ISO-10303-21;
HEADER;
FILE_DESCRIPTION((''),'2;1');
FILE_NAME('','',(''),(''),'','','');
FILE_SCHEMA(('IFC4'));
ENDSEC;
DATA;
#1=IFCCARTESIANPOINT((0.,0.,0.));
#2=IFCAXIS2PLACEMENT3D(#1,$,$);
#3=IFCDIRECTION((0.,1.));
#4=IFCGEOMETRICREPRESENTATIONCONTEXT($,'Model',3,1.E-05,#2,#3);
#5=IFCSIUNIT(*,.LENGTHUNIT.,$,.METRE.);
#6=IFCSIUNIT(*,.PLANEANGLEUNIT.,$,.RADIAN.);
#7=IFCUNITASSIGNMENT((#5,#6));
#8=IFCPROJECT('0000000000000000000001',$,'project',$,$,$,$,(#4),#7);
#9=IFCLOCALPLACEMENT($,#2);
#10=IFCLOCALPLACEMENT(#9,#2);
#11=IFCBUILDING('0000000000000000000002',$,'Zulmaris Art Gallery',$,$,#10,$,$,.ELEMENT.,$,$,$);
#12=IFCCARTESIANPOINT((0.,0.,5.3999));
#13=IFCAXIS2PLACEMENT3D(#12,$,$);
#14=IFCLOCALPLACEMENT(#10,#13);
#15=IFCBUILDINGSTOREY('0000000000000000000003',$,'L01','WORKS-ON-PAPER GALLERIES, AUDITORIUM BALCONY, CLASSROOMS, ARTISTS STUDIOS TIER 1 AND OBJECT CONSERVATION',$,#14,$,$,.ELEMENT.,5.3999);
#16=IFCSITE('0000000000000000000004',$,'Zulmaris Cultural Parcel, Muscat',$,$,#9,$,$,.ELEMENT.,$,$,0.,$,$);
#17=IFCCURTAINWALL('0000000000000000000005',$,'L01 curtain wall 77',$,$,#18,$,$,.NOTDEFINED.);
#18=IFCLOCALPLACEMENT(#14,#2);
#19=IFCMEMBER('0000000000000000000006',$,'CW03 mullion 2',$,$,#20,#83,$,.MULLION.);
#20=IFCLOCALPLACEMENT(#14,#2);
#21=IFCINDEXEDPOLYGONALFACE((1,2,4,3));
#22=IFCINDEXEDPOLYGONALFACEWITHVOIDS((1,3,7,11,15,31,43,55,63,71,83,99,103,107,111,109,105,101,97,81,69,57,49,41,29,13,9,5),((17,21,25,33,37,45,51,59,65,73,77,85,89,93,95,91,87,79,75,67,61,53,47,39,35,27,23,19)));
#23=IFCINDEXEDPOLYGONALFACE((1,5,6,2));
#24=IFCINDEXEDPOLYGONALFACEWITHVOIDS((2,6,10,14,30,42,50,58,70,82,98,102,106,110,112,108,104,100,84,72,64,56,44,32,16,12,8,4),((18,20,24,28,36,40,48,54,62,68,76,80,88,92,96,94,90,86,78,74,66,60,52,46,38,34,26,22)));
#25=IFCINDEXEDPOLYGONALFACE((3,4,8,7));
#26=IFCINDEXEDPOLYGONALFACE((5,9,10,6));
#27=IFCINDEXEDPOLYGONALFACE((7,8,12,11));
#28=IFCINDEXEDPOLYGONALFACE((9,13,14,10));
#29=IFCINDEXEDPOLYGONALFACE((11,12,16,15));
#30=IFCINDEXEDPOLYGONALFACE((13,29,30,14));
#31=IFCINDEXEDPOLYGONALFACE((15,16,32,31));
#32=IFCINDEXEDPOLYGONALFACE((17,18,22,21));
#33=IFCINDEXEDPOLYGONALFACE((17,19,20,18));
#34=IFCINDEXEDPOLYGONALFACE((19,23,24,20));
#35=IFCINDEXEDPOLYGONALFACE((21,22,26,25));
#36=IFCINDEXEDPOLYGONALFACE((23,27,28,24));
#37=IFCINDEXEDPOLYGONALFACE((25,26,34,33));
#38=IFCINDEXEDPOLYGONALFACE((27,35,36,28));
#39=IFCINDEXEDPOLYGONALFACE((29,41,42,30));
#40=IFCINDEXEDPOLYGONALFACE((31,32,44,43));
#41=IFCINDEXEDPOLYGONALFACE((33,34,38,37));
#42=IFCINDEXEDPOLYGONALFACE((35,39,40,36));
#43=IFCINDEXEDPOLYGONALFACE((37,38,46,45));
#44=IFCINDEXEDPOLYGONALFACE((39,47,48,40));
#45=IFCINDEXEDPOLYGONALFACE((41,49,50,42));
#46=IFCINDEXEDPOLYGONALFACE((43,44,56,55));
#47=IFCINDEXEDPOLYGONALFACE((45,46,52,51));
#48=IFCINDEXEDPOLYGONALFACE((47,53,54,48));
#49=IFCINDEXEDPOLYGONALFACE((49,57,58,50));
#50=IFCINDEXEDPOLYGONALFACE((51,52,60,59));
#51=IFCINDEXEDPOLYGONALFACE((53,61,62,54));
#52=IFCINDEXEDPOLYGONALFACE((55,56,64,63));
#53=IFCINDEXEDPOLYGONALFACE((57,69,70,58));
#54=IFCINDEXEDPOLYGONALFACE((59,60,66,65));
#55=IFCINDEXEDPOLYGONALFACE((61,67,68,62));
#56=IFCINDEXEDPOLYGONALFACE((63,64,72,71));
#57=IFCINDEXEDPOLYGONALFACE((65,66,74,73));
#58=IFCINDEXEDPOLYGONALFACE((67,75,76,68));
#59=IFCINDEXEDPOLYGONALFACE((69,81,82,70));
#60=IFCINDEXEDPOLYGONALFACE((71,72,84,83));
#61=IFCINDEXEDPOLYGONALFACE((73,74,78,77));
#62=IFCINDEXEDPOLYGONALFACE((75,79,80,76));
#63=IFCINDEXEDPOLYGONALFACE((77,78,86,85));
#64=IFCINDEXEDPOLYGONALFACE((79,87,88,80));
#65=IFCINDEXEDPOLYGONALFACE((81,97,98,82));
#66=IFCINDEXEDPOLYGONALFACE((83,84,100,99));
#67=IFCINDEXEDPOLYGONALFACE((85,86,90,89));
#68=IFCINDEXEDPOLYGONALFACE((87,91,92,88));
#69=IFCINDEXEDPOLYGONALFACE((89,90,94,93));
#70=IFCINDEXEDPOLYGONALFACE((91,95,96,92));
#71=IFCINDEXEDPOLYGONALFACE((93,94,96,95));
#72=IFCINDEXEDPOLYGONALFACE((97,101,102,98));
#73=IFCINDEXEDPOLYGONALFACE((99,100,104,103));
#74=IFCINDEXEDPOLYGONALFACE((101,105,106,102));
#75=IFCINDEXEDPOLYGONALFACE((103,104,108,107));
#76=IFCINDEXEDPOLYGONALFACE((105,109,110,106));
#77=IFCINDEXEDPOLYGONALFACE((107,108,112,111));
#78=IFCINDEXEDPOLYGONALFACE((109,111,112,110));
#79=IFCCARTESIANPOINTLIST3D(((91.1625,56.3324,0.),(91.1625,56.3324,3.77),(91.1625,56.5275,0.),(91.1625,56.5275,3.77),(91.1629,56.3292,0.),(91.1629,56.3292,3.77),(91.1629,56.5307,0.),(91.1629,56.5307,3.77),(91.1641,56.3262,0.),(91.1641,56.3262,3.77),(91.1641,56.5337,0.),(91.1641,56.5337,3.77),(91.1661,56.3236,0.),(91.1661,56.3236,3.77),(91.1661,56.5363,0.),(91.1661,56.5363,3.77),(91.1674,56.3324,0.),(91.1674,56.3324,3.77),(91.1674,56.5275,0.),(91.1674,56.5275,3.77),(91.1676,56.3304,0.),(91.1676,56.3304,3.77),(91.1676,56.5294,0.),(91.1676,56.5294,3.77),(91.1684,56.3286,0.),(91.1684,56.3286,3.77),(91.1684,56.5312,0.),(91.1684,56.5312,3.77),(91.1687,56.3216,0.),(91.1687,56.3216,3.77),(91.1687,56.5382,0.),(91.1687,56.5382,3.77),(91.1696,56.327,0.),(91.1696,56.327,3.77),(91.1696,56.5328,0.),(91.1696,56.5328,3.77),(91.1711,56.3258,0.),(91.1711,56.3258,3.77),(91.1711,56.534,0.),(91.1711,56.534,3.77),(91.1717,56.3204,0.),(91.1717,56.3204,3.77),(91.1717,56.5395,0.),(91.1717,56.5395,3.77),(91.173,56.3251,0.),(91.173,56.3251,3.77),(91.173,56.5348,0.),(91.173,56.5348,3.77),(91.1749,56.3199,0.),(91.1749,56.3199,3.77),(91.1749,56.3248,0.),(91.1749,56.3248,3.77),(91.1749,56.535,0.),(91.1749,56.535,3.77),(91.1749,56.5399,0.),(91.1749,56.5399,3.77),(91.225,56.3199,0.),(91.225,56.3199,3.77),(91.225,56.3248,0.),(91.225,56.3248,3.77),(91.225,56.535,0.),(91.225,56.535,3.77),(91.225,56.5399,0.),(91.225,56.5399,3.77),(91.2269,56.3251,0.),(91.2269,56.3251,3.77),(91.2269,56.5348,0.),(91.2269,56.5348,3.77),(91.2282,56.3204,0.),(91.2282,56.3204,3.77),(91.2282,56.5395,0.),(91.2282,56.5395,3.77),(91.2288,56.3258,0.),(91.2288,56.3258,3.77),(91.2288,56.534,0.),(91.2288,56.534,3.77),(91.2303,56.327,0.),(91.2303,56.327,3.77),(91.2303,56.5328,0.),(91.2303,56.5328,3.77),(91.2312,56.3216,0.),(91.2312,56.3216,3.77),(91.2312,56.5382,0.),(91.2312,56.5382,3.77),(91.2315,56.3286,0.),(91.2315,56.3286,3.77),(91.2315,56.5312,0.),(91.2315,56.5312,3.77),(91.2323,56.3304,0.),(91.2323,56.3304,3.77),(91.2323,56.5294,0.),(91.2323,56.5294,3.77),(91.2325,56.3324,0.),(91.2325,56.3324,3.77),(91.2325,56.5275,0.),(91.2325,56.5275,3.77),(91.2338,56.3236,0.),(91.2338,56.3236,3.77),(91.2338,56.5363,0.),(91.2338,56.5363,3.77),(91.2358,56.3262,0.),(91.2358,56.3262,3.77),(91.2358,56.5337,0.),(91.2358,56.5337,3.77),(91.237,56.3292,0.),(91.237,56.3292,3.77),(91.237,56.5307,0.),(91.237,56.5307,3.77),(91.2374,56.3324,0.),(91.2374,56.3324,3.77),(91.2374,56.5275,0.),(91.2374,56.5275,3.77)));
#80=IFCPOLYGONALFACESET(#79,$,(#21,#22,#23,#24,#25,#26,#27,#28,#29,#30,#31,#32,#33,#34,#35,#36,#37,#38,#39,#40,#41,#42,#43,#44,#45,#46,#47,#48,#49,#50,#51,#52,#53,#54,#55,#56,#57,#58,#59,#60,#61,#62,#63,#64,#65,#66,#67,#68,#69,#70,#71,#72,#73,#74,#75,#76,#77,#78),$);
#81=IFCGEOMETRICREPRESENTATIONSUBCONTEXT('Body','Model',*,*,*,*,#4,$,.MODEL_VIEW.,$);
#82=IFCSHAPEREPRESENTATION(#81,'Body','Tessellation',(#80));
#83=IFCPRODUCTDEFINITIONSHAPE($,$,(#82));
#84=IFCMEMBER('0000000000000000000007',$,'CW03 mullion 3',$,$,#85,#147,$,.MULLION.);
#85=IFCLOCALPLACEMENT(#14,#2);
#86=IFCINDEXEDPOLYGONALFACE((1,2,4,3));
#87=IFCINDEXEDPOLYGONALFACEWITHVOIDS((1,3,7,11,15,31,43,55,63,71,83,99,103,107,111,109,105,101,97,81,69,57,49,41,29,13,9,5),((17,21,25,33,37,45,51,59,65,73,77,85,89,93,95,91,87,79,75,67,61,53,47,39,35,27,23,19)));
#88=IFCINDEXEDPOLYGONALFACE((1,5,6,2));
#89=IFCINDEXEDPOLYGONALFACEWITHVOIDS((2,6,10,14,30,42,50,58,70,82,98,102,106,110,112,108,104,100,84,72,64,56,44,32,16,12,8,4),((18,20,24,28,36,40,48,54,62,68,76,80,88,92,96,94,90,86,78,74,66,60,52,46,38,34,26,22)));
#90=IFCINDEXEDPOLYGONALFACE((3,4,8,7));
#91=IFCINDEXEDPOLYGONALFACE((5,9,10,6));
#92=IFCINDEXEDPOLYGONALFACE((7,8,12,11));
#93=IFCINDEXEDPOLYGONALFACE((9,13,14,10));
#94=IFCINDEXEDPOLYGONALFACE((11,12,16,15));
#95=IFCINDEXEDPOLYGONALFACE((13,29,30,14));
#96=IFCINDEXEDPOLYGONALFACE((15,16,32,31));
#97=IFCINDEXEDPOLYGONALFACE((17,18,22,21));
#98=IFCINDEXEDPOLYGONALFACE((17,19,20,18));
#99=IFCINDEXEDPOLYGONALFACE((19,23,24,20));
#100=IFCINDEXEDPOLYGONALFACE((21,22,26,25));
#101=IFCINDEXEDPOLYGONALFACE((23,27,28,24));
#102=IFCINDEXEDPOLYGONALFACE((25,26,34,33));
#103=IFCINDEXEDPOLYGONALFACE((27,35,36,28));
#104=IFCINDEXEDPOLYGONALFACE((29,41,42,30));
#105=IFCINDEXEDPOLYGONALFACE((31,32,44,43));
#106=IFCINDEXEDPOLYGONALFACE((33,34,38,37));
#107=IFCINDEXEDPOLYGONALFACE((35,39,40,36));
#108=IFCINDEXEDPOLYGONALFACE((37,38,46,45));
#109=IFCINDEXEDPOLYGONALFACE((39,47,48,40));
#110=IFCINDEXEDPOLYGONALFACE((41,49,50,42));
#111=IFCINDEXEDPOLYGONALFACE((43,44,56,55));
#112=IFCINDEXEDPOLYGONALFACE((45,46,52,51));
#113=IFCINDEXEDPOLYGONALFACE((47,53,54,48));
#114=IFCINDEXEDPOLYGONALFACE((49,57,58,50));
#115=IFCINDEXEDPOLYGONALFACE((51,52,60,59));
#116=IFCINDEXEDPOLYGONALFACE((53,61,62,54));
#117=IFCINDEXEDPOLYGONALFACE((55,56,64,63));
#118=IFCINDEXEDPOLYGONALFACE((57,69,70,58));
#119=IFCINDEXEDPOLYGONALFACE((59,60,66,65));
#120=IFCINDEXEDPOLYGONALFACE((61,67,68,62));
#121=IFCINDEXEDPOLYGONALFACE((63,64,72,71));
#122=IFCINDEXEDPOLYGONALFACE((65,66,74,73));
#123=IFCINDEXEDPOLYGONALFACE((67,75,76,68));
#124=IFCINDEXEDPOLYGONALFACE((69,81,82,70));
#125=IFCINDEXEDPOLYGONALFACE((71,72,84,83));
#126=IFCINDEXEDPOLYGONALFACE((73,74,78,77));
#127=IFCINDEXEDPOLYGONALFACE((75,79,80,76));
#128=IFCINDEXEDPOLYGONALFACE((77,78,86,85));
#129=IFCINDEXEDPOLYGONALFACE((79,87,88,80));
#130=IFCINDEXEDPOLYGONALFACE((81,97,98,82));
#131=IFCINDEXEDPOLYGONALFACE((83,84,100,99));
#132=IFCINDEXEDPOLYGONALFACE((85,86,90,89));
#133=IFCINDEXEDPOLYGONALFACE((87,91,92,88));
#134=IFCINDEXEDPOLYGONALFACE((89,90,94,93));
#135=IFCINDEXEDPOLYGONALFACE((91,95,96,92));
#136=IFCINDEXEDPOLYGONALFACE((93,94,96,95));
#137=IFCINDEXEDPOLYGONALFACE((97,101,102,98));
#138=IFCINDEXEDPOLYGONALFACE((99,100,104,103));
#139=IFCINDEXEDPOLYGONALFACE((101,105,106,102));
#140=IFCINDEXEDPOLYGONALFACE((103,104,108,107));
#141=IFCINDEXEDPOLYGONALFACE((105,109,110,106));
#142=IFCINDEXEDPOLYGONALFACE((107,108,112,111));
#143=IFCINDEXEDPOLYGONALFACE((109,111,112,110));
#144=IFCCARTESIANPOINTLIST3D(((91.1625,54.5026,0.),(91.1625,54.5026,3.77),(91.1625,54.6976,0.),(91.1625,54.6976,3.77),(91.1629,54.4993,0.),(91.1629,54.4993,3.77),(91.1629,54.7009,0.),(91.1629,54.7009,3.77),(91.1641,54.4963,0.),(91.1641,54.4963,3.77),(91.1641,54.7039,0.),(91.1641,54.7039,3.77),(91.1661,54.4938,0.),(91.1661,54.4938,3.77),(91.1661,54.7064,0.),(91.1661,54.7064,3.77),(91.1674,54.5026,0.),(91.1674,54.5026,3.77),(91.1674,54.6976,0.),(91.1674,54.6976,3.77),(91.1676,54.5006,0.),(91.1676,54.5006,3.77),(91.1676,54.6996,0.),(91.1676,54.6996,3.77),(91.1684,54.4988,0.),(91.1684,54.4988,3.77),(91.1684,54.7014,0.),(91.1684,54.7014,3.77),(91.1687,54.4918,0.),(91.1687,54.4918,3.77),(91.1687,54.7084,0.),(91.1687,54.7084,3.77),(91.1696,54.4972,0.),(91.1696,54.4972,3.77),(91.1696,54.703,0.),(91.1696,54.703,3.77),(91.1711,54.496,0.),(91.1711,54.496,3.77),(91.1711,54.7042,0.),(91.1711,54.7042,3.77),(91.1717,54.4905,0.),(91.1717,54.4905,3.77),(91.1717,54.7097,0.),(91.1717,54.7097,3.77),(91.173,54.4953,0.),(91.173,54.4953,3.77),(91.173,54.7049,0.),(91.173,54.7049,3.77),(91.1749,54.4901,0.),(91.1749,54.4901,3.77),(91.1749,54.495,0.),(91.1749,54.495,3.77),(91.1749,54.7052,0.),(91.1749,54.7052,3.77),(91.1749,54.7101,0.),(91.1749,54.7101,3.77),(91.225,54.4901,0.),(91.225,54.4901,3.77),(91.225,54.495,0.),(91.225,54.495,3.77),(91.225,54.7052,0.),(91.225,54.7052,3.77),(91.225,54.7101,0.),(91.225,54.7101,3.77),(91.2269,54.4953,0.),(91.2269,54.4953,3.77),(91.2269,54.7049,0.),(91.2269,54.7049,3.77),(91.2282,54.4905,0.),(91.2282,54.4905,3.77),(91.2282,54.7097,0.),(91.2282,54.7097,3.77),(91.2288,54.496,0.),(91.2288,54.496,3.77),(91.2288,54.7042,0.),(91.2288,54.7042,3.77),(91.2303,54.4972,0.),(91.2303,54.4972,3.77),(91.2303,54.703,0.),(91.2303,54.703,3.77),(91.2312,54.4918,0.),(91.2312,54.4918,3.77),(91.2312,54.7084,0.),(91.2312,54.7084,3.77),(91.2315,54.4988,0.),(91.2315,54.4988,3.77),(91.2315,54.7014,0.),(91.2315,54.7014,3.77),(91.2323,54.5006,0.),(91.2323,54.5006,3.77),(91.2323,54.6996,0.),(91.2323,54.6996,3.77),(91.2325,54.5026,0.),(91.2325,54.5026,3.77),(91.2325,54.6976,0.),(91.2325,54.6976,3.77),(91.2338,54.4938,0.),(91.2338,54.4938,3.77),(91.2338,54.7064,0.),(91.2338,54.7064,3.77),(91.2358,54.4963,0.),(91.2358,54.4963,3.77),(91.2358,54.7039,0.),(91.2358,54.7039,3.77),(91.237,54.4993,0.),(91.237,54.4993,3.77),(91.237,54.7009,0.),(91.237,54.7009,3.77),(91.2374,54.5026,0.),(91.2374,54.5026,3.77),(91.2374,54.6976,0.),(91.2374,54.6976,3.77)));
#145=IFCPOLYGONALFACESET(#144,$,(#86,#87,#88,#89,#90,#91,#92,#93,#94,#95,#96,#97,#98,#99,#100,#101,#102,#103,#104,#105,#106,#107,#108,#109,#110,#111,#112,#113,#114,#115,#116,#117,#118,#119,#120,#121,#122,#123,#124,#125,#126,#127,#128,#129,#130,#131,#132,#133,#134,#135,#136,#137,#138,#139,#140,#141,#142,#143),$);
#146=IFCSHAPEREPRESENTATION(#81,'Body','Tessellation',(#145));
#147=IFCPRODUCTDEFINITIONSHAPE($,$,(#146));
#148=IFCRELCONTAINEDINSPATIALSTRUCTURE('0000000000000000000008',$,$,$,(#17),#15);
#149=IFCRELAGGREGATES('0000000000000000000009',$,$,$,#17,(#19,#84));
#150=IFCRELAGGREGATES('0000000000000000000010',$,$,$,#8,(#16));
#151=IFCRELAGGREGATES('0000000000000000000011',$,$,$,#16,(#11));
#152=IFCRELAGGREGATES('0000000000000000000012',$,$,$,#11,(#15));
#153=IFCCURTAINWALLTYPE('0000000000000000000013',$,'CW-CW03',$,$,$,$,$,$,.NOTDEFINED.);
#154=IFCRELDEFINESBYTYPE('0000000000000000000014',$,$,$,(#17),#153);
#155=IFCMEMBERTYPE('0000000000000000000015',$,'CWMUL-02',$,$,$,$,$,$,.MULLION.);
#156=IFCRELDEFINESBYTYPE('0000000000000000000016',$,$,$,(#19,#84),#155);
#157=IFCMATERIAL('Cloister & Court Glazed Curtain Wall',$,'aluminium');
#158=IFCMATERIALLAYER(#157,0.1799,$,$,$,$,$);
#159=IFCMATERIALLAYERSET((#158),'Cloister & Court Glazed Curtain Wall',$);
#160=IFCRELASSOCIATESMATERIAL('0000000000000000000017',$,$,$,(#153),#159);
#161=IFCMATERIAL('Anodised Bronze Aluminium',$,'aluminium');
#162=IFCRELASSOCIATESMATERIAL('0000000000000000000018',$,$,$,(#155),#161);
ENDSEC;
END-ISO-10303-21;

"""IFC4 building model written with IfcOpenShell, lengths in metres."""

from ifc_helpers import new_model, si_unit, direction, frame, origin, origin_2d, place, context, subcontext, project, spatial, hollow_rectangle, extrude, material, layer, layer_set, material_profile, profile_set, type_object, element, aggregate, save


model = new_model("IFC4")

# Units and contexts
model_context = context("Model", 3, precision=1e-05, world=origin(), true_north=direction((0.0, 1.0)))
body_context = subcontext(model_context, "Body", "Model", "MODEL_VIEW")
ifc_project = project(units=[si_unit("LENGTHUNIT", "METRE"), si_unit("PLANEANGLEUNIT", "RADIAN")], contexts=[model_context])

# Site, building, storey
site_placement = place(None, origin())
site = spatial("IfcSite", under=ifc_project, at=site_placement, Name="Zulmaris Cultural Parcel, Muscat", CompositionType="ELEMENT", RefElevation=0.0)
building_placement = place(site_placement, origin())
building = spatial("IfcBuilding", under=site, at=building_placement, Name="Zulmaris Art Gallery", CompositionType="ELEMENT")
storey_placement = place(building_placement, frame((0.0, 0.0, 5.3999)))
storey = spatial("IfcBuildingStorey", under=building, at=storey_placement, Name="L01", Description="WORKS-ON-PAPER GALLERIES, AUDITORIUM BALCONY, CLASSROOMS, ARTISTS STUDIOS TIER 1 AND OBJECT CONSERVATION", CompositionType="ELEMENT", Elevation=5.3999)

# Curtain wall, members
ifc_material_1 = material(Name="Cloister & Court Glazed Curtain Wall", Category="aluminium")
ifc_layer_1 = layer(ifc_material_1, 0.1799)
ifc_layer_set_1 = layer_set([ifc_layer_1], Name="Cloister & Court Glazed Curtain Wall")
curtain_wall_type = type_object("IfcCurtainWallType", Name="CW-CW03", PredefinedType="NOTDEFINED", material=ifc_layer_set_1)
ifc_material_2 = material(Name="Anodised Bronze Aluminium", Category="aluminium")
ifc_material_profile_1 = material_profile(ifc_material_2, hollow_rectangle(XDim=0.075, YDim=0.22, WallThickness=0.0049, InnerFilletRadius=0.0076, OuterFilletRadius=0.0125, at=origin_2d()), Name="ALU 75x220x5")
ifc_profile_set_1 = profile_set([ifc_material_profile_1], Name="Anodised Bronze Aluminium")
member_type_1 = type_object("IfcMemberType", Name="CWMUL-02", PredefinedType="MULLION", material=ifc_profile_set_1)
curtain_wall_1_placement = place(storey_placement, origin())
curtain_wall_1 = element("IfcCurtainWall", 1, at=curtain_wall_1_placement, inside=storey, type_object=curtain_wall_type, Name="L01 curtain wall 77", PredefinedType="NOTDEFINED")
member_1_placement = place(storey_placement, frame((91.2, 56.4299, 0.0), z_axis=(0.0, 0.0, 1.0), x_axis=(1.0, 0.0, 0.0)))
member_1 = element("IfcMember", 2, at=member_1_placement, type_object=member_type_1, Name="CW03 mullion 2", PredefinedType="MULLION", context=body_context, shape_type="SweptSolid", body=[
    extrude(hollow_rectangle(XDim=0.075, YDim=0.22, WallThickness=0.0049, InnerFilletRadius=0.0076, OuterFilletRadius=0.0125, at=origin_2d()), origin(), (0.0, 0.0, 1.0), 3.77),
])
member_2_placement = place(storey_placement, frame((91.2, 54.6001, 0.0), z_axis=(0.0, 0.0, 1.0), x_axis=(1.0, 0.0, 0.0)))
member_2 = element("IfcMember", 3, at=member_2_placement, type_object=member_type_1, Name="CW03 mullion 3", PredefinedType="MULLION", context=body_context, shape_type="SweptSolid", body=[
    extrude(hollow_rectangle(XDim=0.075, YDim=0.22, WallThickness=0.0049, InnerFilletRadius=0.0076, OuterFilletRadius=0.0125, at=origin_2d()), origin(), (0.0, 0.0, 1.0), 3.77),
])

aggregate(curtain_wall_1, [member_1, member_2])

save(model, "model.ifc")
